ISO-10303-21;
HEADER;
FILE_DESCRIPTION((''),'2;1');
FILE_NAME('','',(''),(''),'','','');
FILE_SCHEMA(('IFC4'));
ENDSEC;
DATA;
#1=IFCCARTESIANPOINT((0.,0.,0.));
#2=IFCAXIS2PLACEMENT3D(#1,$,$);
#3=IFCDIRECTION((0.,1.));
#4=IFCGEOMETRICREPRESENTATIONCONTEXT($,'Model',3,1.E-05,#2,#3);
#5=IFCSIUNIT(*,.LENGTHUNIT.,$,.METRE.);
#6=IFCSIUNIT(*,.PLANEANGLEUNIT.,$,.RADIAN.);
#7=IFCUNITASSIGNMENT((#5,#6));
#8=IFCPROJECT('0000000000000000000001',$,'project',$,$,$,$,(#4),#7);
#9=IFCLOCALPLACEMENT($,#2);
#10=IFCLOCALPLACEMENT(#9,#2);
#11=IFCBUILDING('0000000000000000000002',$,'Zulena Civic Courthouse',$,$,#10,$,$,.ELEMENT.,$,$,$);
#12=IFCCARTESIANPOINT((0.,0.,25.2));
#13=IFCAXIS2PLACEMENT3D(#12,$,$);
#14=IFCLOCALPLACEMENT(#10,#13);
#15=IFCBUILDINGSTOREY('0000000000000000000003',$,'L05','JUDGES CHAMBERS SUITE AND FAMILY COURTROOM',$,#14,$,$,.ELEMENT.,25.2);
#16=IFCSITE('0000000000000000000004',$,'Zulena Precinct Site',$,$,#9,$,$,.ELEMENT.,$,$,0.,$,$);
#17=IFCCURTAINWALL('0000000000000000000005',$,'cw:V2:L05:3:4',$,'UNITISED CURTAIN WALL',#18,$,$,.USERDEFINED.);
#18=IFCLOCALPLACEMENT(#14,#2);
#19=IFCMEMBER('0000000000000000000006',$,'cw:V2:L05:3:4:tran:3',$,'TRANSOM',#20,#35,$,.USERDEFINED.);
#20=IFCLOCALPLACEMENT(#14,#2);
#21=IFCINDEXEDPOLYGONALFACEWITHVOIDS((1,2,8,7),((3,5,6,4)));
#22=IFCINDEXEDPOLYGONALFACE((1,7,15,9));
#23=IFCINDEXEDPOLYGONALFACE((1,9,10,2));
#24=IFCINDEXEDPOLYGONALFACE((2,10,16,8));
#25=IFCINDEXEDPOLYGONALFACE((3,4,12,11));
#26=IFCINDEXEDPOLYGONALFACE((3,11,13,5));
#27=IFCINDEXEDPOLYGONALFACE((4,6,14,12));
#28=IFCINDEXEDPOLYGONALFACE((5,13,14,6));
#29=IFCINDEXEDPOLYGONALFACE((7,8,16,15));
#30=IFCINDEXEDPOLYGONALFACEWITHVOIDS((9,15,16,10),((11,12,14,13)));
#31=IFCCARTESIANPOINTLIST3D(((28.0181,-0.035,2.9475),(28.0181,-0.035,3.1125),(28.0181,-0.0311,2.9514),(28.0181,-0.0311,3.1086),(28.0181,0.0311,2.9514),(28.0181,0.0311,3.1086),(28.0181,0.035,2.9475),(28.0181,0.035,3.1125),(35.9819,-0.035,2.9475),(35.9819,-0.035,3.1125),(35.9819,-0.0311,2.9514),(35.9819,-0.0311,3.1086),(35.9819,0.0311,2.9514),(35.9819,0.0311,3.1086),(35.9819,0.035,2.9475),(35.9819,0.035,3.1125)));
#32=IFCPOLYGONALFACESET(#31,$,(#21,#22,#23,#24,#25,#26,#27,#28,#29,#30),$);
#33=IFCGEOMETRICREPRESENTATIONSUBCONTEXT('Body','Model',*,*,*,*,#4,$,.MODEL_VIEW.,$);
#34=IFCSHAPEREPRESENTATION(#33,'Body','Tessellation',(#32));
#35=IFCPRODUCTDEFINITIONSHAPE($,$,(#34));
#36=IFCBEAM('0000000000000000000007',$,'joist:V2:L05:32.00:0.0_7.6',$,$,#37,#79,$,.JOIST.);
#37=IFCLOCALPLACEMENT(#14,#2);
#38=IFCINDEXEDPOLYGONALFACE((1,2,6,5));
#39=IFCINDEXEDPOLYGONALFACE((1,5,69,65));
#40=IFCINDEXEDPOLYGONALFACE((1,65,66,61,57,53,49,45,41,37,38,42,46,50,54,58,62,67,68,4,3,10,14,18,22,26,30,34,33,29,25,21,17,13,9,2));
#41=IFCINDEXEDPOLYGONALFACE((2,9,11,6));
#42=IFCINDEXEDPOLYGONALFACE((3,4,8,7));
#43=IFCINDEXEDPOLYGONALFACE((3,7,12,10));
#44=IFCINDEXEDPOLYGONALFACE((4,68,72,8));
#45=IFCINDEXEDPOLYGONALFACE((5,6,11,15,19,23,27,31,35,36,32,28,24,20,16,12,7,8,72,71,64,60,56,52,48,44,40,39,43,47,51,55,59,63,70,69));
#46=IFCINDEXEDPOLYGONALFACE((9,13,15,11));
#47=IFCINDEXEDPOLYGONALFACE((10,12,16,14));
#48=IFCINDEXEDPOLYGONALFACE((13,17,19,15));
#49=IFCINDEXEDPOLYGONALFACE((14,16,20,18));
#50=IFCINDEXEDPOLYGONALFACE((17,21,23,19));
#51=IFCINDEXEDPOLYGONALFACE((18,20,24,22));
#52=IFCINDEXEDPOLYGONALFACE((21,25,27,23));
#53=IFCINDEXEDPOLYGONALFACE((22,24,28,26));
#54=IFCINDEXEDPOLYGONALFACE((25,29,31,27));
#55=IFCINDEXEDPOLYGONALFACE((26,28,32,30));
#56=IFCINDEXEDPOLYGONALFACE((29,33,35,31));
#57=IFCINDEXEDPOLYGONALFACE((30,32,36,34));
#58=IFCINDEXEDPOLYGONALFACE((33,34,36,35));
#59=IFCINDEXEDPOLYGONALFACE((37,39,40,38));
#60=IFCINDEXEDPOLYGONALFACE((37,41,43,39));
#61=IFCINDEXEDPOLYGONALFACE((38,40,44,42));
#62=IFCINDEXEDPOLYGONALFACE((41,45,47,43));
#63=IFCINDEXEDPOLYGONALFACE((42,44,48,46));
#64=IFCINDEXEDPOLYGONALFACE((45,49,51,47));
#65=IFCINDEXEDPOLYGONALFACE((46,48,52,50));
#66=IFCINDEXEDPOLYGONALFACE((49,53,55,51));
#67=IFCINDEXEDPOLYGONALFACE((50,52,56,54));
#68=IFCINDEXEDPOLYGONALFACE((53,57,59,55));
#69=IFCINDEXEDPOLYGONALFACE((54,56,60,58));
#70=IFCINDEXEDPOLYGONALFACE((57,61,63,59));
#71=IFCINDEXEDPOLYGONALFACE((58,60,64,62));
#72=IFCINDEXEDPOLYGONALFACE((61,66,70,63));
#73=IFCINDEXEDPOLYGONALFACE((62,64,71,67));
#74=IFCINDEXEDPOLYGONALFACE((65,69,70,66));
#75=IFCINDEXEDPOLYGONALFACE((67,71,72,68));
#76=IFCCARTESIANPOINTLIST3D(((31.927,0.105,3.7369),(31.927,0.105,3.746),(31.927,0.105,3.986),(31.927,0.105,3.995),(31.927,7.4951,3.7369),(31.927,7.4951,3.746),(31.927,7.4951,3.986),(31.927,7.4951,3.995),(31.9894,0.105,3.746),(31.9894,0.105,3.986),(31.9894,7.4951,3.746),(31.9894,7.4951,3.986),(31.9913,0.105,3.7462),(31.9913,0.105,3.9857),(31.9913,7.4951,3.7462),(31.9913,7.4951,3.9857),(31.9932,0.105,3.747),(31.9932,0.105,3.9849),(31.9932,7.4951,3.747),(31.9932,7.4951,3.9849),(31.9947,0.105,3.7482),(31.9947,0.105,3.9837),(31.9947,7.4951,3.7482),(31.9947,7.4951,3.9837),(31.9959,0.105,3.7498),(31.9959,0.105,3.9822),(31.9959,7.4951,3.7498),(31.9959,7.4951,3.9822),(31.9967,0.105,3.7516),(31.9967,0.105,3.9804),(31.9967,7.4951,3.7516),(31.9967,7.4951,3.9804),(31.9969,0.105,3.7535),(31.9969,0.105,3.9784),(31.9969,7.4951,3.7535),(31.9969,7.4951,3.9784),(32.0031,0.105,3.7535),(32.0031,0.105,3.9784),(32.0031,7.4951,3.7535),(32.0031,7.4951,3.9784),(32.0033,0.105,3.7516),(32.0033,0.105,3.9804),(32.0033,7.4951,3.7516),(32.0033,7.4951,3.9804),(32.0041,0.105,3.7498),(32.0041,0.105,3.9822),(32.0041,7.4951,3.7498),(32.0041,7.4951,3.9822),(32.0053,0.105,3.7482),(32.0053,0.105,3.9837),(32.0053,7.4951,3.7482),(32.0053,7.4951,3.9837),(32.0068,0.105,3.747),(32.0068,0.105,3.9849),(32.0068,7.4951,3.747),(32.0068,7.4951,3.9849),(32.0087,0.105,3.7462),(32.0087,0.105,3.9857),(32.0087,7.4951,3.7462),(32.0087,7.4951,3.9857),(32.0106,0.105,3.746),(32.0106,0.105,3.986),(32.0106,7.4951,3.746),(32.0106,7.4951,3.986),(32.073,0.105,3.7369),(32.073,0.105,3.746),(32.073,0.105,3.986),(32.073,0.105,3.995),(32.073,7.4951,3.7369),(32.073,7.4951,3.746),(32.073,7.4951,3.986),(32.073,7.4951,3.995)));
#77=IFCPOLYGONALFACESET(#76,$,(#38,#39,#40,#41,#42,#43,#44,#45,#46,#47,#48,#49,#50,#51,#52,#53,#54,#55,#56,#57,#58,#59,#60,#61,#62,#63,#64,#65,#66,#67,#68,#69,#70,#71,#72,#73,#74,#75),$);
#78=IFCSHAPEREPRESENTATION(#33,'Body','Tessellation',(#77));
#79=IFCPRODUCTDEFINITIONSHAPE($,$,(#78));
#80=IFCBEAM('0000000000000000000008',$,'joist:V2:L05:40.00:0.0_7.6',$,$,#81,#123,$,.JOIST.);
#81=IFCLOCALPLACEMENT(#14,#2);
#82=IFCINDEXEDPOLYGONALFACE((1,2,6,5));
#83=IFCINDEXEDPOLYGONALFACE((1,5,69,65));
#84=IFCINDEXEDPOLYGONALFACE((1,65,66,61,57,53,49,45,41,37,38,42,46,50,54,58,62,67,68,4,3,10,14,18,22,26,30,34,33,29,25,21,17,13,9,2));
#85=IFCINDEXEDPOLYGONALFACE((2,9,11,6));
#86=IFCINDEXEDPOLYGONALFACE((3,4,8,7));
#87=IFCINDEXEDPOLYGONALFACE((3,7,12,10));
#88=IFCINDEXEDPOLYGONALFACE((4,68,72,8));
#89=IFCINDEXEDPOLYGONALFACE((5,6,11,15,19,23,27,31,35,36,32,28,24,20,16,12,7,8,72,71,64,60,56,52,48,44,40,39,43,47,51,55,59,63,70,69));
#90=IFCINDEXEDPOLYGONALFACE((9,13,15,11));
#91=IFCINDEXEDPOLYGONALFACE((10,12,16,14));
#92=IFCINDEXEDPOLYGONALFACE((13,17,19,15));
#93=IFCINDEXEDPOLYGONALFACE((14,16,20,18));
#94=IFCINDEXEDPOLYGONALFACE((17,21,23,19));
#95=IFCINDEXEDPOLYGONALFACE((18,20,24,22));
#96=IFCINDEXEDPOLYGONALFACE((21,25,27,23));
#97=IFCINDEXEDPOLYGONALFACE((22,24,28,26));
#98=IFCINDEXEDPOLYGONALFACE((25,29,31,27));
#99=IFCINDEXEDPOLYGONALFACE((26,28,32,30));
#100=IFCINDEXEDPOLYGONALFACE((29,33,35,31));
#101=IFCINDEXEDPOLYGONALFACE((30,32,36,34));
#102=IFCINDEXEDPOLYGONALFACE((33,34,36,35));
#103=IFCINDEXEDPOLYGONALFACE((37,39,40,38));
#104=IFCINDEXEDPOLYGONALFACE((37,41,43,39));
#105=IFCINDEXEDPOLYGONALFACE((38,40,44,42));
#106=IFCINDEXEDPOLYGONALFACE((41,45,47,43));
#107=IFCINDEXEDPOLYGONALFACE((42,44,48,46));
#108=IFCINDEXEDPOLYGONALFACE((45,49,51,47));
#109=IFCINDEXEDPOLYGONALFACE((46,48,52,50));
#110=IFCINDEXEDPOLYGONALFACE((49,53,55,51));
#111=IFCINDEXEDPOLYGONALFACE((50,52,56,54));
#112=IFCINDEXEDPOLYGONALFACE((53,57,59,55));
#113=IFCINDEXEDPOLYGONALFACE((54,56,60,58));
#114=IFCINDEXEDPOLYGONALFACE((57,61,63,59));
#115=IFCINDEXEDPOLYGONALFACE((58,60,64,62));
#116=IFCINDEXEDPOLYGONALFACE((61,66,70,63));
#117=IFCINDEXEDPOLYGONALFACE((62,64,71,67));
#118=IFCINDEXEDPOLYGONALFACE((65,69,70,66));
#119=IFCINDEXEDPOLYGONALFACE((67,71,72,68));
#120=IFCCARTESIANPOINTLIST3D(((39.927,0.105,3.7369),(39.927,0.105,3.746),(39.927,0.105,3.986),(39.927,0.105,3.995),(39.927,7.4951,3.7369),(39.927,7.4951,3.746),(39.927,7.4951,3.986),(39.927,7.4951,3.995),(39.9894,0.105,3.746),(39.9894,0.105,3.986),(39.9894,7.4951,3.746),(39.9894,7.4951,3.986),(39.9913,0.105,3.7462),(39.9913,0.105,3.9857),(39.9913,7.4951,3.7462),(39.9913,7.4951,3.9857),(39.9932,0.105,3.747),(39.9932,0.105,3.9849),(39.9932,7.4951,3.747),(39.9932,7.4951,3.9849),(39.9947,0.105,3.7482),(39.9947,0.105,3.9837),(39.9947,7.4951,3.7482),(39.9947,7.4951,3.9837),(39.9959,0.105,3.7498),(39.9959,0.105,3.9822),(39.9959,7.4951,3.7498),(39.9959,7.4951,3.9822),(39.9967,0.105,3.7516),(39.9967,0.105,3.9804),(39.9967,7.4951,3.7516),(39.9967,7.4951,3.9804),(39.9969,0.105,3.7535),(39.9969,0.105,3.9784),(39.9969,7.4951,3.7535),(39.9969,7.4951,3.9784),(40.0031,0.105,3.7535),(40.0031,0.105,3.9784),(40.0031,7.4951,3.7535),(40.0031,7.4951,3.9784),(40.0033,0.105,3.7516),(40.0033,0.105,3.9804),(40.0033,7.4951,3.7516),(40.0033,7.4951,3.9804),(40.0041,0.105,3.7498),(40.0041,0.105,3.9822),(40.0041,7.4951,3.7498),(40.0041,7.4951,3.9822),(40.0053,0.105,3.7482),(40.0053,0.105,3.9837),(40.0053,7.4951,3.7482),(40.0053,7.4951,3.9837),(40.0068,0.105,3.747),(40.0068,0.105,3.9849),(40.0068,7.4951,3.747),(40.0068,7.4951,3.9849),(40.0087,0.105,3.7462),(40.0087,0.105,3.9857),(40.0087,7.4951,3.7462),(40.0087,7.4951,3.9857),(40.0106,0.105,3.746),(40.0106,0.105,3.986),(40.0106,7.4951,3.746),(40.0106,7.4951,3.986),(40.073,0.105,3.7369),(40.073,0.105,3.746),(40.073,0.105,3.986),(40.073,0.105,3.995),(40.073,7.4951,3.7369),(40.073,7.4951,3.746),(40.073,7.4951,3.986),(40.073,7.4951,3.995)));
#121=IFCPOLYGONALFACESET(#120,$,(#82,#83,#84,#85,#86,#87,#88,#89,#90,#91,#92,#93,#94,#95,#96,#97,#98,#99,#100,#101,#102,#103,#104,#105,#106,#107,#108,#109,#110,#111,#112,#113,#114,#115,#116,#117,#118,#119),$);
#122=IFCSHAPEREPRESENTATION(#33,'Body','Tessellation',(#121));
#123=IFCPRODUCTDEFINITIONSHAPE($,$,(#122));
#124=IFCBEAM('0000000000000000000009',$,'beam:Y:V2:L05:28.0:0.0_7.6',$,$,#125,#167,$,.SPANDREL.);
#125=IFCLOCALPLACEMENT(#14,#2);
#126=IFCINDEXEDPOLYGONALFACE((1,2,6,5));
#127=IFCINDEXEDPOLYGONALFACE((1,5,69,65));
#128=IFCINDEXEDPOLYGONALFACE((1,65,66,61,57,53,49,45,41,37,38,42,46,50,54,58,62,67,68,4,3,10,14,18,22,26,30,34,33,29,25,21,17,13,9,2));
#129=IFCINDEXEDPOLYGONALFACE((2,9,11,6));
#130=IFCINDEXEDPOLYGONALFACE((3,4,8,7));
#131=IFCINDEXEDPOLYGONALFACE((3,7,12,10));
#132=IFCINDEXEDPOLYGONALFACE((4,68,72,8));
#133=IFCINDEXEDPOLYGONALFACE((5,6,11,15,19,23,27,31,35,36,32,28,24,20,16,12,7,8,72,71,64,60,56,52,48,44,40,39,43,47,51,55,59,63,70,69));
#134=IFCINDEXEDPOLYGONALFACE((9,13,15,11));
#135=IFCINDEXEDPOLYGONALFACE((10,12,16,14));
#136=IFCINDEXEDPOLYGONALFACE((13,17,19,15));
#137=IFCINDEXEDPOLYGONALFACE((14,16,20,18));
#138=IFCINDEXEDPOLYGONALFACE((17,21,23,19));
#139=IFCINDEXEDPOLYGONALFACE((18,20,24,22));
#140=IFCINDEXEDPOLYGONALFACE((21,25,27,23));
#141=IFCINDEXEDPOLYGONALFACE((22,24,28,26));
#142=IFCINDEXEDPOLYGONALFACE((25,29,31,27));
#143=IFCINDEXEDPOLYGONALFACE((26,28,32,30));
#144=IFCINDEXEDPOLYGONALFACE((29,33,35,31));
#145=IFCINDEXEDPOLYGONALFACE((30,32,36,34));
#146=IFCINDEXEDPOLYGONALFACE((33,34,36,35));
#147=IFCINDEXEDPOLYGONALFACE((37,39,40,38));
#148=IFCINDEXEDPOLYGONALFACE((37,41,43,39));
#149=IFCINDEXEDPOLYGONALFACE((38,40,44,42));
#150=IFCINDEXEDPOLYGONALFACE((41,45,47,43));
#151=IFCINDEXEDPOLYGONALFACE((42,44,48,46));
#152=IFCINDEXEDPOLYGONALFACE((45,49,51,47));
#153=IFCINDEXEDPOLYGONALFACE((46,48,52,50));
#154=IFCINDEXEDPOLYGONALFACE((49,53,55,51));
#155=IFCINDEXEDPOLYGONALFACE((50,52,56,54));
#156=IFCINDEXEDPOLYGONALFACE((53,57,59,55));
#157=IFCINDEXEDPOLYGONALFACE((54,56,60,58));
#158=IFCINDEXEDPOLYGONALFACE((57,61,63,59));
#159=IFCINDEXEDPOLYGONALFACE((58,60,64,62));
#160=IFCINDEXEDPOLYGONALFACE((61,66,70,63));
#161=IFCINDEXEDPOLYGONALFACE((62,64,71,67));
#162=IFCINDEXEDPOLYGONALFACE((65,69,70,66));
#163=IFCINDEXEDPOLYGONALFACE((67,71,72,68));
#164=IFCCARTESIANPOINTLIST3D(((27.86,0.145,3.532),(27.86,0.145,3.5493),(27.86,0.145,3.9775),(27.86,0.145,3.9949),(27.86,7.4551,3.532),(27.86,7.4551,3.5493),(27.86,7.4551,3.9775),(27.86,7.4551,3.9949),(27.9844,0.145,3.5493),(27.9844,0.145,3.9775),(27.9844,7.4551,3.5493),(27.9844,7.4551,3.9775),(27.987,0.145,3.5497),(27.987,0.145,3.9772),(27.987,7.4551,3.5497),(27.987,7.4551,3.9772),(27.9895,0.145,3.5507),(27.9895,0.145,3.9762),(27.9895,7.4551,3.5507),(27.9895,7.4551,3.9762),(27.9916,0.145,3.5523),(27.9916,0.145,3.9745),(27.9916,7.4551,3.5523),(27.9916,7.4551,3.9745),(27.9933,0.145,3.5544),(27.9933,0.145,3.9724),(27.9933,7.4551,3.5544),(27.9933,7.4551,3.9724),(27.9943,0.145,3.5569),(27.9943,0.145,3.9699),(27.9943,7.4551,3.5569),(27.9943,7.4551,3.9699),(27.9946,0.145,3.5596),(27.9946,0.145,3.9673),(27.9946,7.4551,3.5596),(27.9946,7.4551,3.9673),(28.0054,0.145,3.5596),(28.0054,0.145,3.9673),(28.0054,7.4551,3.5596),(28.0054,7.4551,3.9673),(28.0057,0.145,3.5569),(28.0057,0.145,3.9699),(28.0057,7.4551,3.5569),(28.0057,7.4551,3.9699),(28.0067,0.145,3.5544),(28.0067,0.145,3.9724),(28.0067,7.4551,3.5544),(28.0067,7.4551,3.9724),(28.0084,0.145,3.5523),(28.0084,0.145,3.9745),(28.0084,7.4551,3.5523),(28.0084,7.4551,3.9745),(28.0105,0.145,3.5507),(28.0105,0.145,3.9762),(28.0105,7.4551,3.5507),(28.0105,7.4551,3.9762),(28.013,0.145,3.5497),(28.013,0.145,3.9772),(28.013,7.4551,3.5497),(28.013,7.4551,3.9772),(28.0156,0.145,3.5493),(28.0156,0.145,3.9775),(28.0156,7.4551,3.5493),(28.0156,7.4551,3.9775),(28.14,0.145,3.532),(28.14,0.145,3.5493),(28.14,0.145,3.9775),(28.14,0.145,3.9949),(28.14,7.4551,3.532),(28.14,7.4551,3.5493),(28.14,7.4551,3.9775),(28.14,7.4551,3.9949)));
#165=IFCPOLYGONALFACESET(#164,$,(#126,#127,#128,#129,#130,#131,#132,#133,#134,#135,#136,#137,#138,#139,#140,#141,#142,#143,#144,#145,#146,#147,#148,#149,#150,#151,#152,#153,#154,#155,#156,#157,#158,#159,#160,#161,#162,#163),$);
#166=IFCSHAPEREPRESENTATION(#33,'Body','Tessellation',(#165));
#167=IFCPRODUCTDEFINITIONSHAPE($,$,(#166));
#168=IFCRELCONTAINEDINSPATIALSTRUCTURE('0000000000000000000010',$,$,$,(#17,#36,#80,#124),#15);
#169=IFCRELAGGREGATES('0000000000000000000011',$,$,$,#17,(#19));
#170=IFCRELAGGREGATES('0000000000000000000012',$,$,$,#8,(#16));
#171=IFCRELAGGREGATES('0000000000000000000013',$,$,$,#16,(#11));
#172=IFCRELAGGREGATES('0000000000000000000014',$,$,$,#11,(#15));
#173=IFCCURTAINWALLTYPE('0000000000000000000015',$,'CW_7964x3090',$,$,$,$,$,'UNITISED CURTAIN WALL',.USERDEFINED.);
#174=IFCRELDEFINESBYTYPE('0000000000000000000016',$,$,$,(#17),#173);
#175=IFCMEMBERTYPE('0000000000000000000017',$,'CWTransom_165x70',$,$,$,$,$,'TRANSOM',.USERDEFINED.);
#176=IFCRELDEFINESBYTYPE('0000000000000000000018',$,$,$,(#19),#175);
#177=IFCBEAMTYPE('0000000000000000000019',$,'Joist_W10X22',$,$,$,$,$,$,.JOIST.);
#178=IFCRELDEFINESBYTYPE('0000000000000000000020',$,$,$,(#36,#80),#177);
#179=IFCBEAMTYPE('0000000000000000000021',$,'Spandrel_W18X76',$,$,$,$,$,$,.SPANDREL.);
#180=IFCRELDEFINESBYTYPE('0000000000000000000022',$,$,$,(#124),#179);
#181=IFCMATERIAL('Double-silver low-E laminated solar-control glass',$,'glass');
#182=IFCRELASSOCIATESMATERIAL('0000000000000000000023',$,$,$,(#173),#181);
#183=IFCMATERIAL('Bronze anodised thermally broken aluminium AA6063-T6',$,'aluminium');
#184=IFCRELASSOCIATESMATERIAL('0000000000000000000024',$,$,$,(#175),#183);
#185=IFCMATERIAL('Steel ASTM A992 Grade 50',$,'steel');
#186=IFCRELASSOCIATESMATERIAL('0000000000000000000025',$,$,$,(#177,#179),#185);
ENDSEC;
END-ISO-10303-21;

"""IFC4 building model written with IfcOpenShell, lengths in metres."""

from ifc_helpers import new_model, si_unit, direction, frame, origin, origin_2d, place, context, subcontext, project, spatial, hollow_rectangle, i_section, extrude, material, material_profile, profile_set, type_object, element, aggregate, save


model = new_model("IFC4")

# Units and contexts
model_context = context("Model", 3, precision=1e-05, world=origin(), true_north=direction((0.0, 1.0)))
body_context = subcontext(model_context, "Body", "Model", "MODEL_VIEW")
ifc_project = project(units=[si_unit("LENGTHUNIT", "METRE"), si_unit("PLANEANGLEUNIT", "RADIAN")], contexts=[model_context])

# Site, building, storey
site_placement = place(None, origin())
site = spatial("IfcSite", under=ifc_project, at=site_placement, Name="Zulena Precinct Site", CompositionType="ELEMENT", RefElevation=0.0)
building_placement = place(site_placement, origin())
building = spatial("IfcBuilding", under=site, at=building_placement, Name="Zulena Civic Courthouse", CompositionType="ELEMENT")
storey_placement = place(building_placement, frame((0.0, 0.0, 25.2)))
storey = spatial("IfcBuildingStorey", under=building, at=storey_placement, Name="L05", Description="JUDGES CHAMBERS SUITE AND FAMILY COURTROOM", CompositionType="ELEMENT", Elevation=25.2)

# Shared definitions
ifc_material_1 = material(Name="Steel ASTM A992 Grade 50", Category="steel")

# Curtain wall, member
ifc_material_2 = material(Name="Double-silver low-E laminated solar-control glass", Category="glass")
curtain_wall_type = type_object("IfcCurtainWallType", Name="CW_7964x3090", ElementType="UNITISED CURTAIN WALL", PredefinedType="USERDEFINED", material=ifc_material_2)
ifc_material_3 = material(Name="Bronze anodised thermally broken aluminium AA6063-T6", Category="aluminium")
curtain_wall_1_placement = place(storey_placement, origin())
curtain_wall_1 = element("IfcCurtainWall", 1, at=curtain_wall_1_placement, inside=storey, type_object=curtain_wall_type, Name="cw:V2:L05:3:4", ObjectType="UNITISED CURTAIN WALL", PredefinedType="USERDEFINED")
ifc_material_profile_1 = material_profile(ifc_material_3, hollow_rectangle(XDim=0.0701, YDim=0.165, WallThickness=0.0039, at=origin_2d()), Name="CWT165X70X4")
ifc_profile_set_1 = profile_set([ifc_material_profile_1], Name="Bronze anodised thermally broken aluminium AA6063-T6")
member_type_1 = type_object("IfcMemberType", Name="CWTransom_165x70", ElementType="TRANSOM", PredefinedType="USERDEFINED", material=ifc_profile_set_1)
member_1_placement = place(storey_placement, frame((35.9819, 0.0, 3.03), z_axis=(-1.0, 0.0, 0.0), x_axis=(0.0, -1.0, 0.0)))
member_1 = element("IfcMember", 2, at=member_1_placement, type_object=member_type_1, Name="cw:V2:L05:3:4:tran:3", ObjectType="TRANSOM", PredefinedType="USERDEFINED", context=body_context, shape_type="SweptSolid", body=[
    extrude(hollow_rectangle(XDim=0.0701, YDim=0.165, WallThickness=0.0039, at=origin_2d()), origin(), (0.0, 0.0, 1.0), 7.9639),
])

# Beams
ifc_material_profile_2 = material_profile(ifc_material_1, i_section(OverallWidth=0.146, OverallDepth=0.2581, WebThickness=0.0061, FlangeThickness=0.009, FilletRadius=0.0076, at=origin_2d()), Name="W10X22")
ifc_profile_set_2 = profile_set([ifc_material_profile_2], Name="Steel ASTM A992 Grade 50")
beam_type_1 = type_object("IfcBeamType", Name="Joist_W10X22", PredefinedType="JOIST", material=ifc_profile_set_2)
for number, where, z_axis, x_axis, name in (
    (3, (32.0, 0.105, 3.866), (0.0, 1.0, 0.0), (-1.0, 0.0, 0.0), "joist:V2:L05:32.00:0.0_7.6"),
    (4, (40.0, 0.105, 3.866), (0.0, 1.0, 0.0), (-1.0, 0.0, 0.0), "joist:V2:L05:40.00:0.0_7.6"),
):
    element("IfcBeam", number, at=place(storey_placement, frame(where, z_axis=z_axis, x_axis=x_axis)), inside=storey, type_object=beam_type_1, Name=name, PredefinedType="JOIST", context=body_context, shape_type="SweptSolid", body=[
        extrude(i_section(OverallWidth=0.146, OverallDepth=0.2581, WebThickness=0.0061, FlangeThickness=0.009, FilletRadius=0.0076, at=origin_2d()), origin(), (0.0, 0.0, 1.0), 7.3901),
    ])
ifc_material_profile_3 = material_profile(ifc_material_1, i_section(OverallWidth=0.28, OverallDepth=0.4629, WebThickness=0.0107, FlangeThickness=0.0173, FilletRadius=0.0103, at=origin_2d()), Name="W18X76")
ifc_profile_set_3 = profile_set([ifc_material_profile_3], Name="Steel ASTM A992 Grade 50")
beam_type_2 = type_object("IfcBeamType", Name="Spandrel_W18X76", PredefinedType="SPANDREL", material=ifc_profile_set_3)
for number, where, z_axis, x_axis, name in (
    (5, (28.0, 0.145, 3.7634), (0.0, 1.0, 0.0), (-1.0, 0.0, 0.0), "beam:Y:V2:L05:28.0:0.0_7.6"),
):
    element("IfcBeam", number, at=place(storey_placement, frame(where, z_axis=z_axis, x_axis=x_axis)), inside=storey, type_object=beam_type_2, Name=name, PredefinedType="SPANDREL", context=body_context, shape_type="SweptSolid", body=[
        extrude(i_section(OverallWidth=0.28, OverallDepth=0.4629, WebThickness=0.0107, FlangeThickness=0.0173, FilletRadius=0.0103, at=origin_2d()), origin(), (0.0, 0.0, 1.0), 7.3101),
    ])

aggregate(curtain_wall_1, [member_1])

save(model, "model.ifc")
